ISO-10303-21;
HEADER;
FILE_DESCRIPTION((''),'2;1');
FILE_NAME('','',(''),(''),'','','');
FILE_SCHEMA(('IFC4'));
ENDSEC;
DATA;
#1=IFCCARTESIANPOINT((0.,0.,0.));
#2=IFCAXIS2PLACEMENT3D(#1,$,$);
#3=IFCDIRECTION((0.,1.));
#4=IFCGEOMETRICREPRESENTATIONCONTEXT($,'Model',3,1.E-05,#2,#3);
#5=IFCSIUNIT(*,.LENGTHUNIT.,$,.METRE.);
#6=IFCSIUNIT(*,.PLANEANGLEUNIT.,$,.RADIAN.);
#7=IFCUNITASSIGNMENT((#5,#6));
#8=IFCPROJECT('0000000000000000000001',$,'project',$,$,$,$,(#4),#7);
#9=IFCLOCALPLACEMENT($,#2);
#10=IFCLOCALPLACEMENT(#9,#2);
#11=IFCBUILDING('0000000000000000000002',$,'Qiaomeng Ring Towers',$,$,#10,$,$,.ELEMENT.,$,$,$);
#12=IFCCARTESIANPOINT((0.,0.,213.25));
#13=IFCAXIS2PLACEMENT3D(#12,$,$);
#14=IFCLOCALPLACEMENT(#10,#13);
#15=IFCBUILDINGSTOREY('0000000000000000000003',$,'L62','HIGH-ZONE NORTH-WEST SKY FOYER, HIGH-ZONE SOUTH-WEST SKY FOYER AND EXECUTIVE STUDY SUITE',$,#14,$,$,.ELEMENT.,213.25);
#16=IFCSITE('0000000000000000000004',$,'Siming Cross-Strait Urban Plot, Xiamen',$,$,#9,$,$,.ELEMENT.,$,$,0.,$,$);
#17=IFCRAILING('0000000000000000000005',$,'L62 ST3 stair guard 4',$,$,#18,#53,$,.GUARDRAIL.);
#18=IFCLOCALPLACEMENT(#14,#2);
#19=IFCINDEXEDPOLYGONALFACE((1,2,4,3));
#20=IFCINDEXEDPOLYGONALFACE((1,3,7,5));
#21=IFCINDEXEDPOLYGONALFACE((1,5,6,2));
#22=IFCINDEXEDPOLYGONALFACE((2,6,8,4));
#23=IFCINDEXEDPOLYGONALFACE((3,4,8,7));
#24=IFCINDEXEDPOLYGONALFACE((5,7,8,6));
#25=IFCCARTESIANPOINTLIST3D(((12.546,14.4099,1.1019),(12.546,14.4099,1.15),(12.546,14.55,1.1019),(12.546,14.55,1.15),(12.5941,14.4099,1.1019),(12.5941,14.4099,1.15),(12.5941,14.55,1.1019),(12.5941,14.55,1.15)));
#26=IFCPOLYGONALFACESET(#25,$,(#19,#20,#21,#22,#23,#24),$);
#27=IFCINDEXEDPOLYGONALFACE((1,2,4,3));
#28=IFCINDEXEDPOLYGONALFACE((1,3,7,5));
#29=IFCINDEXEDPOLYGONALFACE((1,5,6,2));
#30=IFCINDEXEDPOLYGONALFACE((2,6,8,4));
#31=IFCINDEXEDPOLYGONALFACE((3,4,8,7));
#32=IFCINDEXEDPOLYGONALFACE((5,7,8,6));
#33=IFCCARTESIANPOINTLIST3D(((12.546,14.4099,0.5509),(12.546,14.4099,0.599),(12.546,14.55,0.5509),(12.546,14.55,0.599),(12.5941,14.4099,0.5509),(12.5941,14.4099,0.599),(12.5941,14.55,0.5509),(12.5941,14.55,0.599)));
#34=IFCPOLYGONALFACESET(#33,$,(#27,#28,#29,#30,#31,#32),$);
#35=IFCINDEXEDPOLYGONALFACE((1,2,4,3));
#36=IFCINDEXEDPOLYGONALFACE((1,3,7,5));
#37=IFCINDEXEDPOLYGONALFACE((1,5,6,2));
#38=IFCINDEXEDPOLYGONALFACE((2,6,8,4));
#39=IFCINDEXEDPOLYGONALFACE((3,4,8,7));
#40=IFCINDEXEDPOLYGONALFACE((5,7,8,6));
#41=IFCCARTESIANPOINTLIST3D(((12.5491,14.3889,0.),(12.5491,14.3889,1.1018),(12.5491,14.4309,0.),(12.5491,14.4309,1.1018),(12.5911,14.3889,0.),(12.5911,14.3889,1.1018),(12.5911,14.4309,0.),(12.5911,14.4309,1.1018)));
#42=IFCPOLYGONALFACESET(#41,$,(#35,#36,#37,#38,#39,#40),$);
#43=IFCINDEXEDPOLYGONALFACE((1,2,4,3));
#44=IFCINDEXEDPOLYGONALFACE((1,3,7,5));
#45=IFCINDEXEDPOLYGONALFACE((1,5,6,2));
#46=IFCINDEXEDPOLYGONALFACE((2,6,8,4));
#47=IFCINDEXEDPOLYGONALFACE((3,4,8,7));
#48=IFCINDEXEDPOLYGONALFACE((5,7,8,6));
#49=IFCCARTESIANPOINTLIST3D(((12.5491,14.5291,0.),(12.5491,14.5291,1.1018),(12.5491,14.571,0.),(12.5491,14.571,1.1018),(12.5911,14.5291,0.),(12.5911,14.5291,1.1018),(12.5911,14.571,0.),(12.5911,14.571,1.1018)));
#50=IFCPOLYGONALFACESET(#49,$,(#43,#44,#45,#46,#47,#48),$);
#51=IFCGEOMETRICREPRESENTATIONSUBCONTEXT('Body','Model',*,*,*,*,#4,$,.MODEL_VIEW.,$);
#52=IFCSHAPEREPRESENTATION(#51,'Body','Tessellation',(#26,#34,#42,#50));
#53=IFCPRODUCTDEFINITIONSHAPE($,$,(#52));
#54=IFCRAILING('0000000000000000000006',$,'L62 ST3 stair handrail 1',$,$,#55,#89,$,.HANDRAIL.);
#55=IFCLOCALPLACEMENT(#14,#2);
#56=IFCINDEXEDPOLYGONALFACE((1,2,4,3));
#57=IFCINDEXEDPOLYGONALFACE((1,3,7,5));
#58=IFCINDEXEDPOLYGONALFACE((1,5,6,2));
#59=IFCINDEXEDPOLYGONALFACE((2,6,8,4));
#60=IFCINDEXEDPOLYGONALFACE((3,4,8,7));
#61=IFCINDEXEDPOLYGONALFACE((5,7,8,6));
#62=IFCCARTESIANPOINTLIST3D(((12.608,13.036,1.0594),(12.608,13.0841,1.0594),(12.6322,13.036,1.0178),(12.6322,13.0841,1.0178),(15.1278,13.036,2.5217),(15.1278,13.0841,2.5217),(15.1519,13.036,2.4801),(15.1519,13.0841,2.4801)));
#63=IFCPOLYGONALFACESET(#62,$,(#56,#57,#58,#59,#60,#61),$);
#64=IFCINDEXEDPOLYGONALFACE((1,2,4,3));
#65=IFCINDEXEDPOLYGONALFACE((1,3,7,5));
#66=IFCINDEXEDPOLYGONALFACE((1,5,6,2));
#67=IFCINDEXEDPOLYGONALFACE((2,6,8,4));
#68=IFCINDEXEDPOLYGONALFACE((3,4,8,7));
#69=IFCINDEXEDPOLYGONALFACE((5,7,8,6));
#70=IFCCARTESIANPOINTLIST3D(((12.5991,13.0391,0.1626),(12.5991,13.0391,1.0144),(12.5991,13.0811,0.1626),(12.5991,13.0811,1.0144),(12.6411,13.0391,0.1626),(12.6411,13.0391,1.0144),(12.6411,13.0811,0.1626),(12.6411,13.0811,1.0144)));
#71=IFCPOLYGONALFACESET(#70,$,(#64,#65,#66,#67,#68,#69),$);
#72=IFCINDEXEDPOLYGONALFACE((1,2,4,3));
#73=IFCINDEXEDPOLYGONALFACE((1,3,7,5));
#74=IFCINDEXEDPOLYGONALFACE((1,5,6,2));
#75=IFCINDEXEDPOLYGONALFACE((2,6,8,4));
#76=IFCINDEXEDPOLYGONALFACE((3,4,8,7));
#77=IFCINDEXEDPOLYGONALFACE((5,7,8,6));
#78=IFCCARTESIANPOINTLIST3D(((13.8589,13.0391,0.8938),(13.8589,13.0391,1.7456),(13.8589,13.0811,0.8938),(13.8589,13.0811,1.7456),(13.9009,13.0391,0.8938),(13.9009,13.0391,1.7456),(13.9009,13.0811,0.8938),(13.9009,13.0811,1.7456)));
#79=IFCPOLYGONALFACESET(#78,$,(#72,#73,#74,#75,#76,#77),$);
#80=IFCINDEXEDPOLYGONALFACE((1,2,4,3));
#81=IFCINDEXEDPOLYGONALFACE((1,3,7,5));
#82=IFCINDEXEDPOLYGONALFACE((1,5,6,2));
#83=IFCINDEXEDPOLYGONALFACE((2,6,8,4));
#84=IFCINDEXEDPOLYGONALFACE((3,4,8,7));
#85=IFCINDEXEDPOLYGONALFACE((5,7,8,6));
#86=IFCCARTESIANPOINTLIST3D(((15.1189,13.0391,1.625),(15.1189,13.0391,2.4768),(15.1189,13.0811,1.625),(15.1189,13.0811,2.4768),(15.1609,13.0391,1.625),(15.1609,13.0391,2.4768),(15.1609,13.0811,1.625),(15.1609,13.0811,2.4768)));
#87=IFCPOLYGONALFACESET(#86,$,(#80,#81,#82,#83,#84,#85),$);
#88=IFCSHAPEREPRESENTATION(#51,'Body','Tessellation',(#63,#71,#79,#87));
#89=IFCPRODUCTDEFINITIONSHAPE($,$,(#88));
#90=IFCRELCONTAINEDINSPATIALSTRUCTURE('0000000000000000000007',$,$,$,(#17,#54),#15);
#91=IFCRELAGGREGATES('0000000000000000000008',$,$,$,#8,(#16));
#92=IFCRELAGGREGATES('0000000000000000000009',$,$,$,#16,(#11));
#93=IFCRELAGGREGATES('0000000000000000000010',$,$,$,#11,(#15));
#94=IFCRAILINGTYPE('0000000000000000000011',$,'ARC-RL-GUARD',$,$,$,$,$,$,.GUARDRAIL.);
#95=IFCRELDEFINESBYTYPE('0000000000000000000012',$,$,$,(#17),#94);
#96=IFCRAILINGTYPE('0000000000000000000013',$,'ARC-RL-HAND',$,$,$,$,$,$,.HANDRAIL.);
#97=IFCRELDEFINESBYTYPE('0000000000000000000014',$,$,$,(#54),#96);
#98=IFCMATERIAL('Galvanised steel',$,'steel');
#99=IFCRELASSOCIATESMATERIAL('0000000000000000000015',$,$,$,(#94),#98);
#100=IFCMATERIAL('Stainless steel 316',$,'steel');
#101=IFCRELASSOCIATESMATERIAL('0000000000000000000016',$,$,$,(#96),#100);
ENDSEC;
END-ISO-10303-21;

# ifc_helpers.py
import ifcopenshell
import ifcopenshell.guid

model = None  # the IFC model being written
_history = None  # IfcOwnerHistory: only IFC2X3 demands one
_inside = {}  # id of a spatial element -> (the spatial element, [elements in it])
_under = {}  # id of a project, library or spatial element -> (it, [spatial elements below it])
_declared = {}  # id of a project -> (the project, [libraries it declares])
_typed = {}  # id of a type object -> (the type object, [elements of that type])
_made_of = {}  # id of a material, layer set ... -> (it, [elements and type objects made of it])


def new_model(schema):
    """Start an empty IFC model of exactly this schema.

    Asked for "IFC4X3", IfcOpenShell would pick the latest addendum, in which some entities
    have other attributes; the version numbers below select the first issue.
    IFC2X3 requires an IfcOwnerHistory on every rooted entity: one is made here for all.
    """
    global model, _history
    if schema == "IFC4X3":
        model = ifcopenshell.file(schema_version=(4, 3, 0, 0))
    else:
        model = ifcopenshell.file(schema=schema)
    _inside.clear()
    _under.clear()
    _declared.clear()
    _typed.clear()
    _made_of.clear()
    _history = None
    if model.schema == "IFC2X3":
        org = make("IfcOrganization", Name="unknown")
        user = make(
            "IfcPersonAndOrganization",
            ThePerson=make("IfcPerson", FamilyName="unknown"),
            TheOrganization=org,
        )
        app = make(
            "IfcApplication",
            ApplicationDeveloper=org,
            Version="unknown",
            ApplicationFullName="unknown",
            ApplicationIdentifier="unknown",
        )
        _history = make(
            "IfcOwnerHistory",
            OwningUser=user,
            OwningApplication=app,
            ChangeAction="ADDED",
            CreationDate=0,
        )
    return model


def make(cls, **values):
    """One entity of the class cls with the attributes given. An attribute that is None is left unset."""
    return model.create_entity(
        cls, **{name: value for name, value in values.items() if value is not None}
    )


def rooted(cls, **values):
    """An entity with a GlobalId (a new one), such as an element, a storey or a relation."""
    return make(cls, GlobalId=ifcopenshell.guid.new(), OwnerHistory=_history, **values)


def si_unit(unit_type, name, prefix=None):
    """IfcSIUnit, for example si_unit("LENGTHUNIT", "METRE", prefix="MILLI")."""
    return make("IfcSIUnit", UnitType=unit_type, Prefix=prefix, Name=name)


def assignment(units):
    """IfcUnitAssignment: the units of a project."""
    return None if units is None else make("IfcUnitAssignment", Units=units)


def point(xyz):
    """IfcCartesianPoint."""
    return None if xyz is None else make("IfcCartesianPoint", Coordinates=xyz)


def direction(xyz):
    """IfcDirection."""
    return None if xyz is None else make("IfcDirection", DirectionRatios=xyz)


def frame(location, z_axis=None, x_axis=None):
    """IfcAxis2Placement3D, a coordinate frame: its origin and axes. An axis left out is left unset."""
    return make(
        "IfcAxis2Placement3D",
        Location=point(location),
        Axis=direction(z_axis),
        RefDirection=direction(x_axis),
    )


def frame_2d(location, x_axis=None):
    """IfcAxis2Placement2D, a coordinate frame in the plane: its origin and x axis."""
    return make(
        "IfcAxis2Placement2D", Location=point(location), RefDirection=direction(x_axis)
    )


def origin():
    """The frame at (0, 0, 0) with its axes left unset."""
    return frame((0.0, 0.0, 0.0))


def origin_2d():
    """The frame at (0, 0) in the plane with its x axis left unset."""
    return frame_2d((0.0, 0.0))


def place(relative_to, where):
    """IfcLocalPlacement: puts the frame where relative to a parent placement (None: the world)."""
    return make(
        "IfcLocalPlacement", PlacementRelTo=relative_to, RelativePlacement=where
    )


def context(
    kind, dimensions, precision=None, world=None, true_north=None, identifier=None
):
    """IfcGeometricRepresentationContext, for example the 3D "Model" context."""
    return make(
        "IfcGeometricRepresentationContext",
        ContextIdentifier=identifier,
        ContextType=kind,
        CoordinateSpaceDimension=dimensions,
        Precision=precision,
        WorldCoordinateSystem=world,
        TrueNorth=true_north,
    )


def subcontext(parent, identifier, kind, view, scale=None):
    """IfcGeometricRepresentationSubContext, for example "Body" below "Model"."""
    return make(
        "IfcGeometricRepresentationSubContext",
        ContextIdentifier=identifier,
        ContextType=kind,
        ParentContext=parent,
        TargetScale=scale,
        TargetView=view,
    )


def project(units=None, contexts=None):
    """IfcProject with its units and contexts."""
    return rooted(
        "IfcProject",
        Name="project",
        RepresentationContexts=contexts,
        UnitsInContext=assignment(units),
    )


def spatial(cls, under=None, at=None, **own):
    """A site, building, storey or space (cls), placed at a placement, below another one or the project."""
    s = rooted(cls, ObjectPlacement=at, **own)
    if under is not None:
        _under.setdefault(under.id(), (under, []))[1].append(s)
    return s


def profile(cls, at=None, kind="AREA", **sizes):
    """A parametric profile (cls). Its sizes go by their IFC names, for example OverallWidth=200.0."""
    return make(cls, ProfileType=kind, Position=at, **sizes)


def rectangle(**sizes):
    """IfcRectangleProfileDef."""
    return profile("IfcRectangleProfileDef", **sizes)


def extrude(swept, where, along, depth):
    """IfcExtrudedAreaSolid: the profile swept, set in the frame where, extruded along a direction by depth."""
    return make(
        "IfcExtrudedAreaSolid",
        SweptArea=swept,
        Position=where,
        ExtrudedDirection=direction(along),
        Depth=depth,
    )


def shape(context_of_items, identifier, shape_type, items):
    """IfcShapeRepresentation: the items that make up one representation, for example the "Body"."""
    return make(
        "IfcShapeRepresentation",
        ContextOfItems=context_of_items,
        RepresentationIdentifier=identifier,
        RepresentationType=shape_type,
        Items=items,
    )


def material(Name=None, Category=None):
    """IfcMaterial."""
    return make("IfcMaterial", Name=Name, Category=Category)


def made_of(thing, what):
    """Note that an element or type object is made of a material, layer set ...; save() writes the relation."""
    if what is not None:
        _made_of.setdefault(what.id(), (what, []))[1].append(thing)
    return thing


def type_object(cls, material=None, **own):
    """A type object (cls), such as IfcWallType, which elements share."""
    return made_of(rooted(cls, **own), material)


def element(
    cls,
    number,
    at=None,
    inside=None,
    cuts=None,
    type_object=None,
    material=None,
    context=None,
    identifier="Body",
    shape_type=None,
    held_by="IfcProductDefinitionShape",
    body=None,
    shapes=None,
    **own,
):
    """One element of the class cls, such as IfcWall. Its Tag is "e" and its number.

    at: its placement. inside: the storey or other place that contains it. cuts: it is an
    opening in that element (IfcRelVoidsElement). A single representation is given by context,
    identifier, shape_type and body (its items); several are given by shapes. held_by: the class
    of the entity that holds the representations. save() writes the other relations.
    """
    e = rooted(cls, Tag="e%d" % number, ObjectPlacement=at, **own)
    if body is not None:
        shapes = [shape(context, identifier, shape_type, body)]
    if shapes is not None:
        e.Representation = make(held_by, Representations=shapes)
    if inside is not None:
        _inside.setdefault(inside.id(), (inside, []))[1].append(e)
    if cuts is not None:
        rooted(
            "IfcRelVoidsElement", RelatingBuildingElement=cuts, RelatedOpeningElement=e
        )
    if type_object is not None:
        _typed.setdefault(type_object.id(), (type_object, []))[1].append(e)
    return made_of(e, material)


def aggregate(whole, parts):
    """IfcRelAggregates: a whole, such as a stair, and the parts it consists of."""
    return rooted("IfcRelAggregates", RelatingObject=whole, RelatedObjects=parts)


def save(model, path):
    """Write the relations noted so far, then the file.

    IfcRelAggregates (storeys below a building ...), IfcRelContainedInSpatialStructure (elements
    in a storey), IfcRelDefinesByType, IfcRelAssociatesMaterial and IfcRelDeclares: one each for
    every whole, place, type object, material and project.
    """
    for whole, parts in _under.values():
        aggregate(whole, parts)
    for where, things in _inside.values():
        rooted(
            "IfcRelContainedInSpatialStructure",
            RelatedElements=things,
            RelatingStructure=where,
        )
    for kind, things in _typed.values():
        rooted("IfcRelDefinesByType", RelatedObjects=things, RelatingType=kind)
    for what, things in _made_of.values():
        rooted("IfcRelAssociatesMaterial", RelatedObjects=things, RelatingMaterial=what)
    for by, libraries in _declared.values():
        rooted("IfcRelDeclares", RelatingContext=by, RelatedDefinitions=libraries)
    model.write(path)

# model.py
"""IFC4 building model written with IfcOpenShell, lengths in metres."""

from ifc_helpers import new_model, si_unit, direction, frame, origin, origin_2d, place, context, subcontext, project, spatial, rectangle, extrude, material, type_object, element, save


model = new_model("IFC4")

# Units and contexts
model_context = context("Model", 3, precision=1e-05, world=origin(), true_north=direction((0.0, 1.0)))
body_context = subcontext(model_context, "Body", "Model", "MODEL_VIEW")
ifc_project = project(units=[si_unit("LENGTHUNIT", "METRE"), si_unit("PLANEANGLEUNIT", "RADIAN")], contexts=[model_context])

# Site, building, storey
site_placement = place(None, origin())
site = spatial("IfcSite", under=ifc_project, at=site_placement, Name="Siming Cross-Strait Urban Plot, Xiamen", CompositionType="ELEMENT", RefElevation=0.0)
building_placement = place(site_placement, origin())
building = spatial("IfcBuilding", under=site, at=building_placement, Name="Qiaomeng Ring Towers", CompositionType="ELEMENT")
storey_placement = place(building_placement, frame((0.0, 0.0, 213.25)))
storey = spatial("IfcBuildingStorey", under=building, at=storey_placement, Name="L62", Description="HIGH-ZONE NORTH-WEST SKY FOYER, HIGH-ZONE SOUTH-WEST SKY FOYER AND EXECUTIVE STUDY SUITE", CompositionType="ELEMENT", Elevation=213.25)

# Shared definitions
ifc_material_1 = material(Name="Galvanised steel", Category="steel")

# Railings
railing_type_1 = type_object("IfcRailingType", Name="ARC-RL-GUARD", PredefinedType="GUARDRAIL", material=ifc_material_1)
railing_1_placement = place(storey_placement, frame((12.5701, 14.4099, 0.0)))
element("IfcRailing", 1, at=railing_1_placement, inside=storey, type_object=railing_type_1, Name="L62 ST3 stair guard 4", PredefinedType="GUARDRAIL", context=body_context, shape_type="SweptSolid", body=[
    extrude(rectangle(XDim=0.0481, YDim=0.0481, at=origin_2d()), frame((0.0, 0.0, 1.126), z_axis=(0.0, 1.0, 0.0), x_axis=(-1.0, 0.0, 0.0)), (0.0, 0.0, 1.0), 0.1401),
    extrude(rectangle(XDim=0.0481, YDim=0.0481, at=origin_2d()), frame((0.0, 0.0, 0.575), z_axis=(0.0, 1.0, 0.0), x_axis=(-1.0, 0.0, 0.0)), (0.0, 0.0, 1.0), 0.1401),
    extrude(rectangle(XDim=0.042, YDim=0.042, at=origin_2d()), origin(), (0.0, 0.0, 1.0), 1.1018),
    extrude(rectangle(XDim=0.042, YDim=0.042, at=origin_2d()), frame((0.0, 0.1401, 0.0)), (0.0, 0.0, 1.0), 1.1018),
])
ifc_material_2 = material(Name="Stainless steel 316", Category="steel")
railing_type_2 = type_object("IfcRailingType", Name="ARC-RL-HAND", PredefinedType="HANDRAIL", material=ifc_material_2)
railing_2_placement = place(storey_placement, frame((12.6201, 13.0601, 0.1626)))
element("IfcRailing", 2, at=railing_2_placement, inside=storey, type_object=railing_type_2, Name="L62 ST3 stair handrail 1", PredefinedType="HANDRAIL", context=body_context, shape_type="SweptSolid", body=[
    extrude(rectangle(XDim=0.0481, YDim=0.0481, at=origin_2d()), frame((0.0, 0.0, 0.876), z_axis=(0.864892, 0.0, 0.501958), x_axis=(0.0, 1.0, 0.0)), (0.0, 0.0, 1.0), 2.9133),
    extrude(rectangle(XDim=0.042, YDim=0.042, at=origin_2d()), origin(), (0.0, 0.0, 1.0), 0.8518),
    extrude(rectangle(XDim=0.042, YDim=0.042, at=origin_2d()), frame((1.2598, 0.0, 0.7312)), (0.0, 0.0, 1.0), 0.8518),
    extrude(rectangle(XDim=0.042, YDim=0.042, at=origin_2d()), frame((2.5198, 0.0, 1.4624)), (0.0, 0.0, 1.0), 0.8518),
])

save(model, "model.ifc")
